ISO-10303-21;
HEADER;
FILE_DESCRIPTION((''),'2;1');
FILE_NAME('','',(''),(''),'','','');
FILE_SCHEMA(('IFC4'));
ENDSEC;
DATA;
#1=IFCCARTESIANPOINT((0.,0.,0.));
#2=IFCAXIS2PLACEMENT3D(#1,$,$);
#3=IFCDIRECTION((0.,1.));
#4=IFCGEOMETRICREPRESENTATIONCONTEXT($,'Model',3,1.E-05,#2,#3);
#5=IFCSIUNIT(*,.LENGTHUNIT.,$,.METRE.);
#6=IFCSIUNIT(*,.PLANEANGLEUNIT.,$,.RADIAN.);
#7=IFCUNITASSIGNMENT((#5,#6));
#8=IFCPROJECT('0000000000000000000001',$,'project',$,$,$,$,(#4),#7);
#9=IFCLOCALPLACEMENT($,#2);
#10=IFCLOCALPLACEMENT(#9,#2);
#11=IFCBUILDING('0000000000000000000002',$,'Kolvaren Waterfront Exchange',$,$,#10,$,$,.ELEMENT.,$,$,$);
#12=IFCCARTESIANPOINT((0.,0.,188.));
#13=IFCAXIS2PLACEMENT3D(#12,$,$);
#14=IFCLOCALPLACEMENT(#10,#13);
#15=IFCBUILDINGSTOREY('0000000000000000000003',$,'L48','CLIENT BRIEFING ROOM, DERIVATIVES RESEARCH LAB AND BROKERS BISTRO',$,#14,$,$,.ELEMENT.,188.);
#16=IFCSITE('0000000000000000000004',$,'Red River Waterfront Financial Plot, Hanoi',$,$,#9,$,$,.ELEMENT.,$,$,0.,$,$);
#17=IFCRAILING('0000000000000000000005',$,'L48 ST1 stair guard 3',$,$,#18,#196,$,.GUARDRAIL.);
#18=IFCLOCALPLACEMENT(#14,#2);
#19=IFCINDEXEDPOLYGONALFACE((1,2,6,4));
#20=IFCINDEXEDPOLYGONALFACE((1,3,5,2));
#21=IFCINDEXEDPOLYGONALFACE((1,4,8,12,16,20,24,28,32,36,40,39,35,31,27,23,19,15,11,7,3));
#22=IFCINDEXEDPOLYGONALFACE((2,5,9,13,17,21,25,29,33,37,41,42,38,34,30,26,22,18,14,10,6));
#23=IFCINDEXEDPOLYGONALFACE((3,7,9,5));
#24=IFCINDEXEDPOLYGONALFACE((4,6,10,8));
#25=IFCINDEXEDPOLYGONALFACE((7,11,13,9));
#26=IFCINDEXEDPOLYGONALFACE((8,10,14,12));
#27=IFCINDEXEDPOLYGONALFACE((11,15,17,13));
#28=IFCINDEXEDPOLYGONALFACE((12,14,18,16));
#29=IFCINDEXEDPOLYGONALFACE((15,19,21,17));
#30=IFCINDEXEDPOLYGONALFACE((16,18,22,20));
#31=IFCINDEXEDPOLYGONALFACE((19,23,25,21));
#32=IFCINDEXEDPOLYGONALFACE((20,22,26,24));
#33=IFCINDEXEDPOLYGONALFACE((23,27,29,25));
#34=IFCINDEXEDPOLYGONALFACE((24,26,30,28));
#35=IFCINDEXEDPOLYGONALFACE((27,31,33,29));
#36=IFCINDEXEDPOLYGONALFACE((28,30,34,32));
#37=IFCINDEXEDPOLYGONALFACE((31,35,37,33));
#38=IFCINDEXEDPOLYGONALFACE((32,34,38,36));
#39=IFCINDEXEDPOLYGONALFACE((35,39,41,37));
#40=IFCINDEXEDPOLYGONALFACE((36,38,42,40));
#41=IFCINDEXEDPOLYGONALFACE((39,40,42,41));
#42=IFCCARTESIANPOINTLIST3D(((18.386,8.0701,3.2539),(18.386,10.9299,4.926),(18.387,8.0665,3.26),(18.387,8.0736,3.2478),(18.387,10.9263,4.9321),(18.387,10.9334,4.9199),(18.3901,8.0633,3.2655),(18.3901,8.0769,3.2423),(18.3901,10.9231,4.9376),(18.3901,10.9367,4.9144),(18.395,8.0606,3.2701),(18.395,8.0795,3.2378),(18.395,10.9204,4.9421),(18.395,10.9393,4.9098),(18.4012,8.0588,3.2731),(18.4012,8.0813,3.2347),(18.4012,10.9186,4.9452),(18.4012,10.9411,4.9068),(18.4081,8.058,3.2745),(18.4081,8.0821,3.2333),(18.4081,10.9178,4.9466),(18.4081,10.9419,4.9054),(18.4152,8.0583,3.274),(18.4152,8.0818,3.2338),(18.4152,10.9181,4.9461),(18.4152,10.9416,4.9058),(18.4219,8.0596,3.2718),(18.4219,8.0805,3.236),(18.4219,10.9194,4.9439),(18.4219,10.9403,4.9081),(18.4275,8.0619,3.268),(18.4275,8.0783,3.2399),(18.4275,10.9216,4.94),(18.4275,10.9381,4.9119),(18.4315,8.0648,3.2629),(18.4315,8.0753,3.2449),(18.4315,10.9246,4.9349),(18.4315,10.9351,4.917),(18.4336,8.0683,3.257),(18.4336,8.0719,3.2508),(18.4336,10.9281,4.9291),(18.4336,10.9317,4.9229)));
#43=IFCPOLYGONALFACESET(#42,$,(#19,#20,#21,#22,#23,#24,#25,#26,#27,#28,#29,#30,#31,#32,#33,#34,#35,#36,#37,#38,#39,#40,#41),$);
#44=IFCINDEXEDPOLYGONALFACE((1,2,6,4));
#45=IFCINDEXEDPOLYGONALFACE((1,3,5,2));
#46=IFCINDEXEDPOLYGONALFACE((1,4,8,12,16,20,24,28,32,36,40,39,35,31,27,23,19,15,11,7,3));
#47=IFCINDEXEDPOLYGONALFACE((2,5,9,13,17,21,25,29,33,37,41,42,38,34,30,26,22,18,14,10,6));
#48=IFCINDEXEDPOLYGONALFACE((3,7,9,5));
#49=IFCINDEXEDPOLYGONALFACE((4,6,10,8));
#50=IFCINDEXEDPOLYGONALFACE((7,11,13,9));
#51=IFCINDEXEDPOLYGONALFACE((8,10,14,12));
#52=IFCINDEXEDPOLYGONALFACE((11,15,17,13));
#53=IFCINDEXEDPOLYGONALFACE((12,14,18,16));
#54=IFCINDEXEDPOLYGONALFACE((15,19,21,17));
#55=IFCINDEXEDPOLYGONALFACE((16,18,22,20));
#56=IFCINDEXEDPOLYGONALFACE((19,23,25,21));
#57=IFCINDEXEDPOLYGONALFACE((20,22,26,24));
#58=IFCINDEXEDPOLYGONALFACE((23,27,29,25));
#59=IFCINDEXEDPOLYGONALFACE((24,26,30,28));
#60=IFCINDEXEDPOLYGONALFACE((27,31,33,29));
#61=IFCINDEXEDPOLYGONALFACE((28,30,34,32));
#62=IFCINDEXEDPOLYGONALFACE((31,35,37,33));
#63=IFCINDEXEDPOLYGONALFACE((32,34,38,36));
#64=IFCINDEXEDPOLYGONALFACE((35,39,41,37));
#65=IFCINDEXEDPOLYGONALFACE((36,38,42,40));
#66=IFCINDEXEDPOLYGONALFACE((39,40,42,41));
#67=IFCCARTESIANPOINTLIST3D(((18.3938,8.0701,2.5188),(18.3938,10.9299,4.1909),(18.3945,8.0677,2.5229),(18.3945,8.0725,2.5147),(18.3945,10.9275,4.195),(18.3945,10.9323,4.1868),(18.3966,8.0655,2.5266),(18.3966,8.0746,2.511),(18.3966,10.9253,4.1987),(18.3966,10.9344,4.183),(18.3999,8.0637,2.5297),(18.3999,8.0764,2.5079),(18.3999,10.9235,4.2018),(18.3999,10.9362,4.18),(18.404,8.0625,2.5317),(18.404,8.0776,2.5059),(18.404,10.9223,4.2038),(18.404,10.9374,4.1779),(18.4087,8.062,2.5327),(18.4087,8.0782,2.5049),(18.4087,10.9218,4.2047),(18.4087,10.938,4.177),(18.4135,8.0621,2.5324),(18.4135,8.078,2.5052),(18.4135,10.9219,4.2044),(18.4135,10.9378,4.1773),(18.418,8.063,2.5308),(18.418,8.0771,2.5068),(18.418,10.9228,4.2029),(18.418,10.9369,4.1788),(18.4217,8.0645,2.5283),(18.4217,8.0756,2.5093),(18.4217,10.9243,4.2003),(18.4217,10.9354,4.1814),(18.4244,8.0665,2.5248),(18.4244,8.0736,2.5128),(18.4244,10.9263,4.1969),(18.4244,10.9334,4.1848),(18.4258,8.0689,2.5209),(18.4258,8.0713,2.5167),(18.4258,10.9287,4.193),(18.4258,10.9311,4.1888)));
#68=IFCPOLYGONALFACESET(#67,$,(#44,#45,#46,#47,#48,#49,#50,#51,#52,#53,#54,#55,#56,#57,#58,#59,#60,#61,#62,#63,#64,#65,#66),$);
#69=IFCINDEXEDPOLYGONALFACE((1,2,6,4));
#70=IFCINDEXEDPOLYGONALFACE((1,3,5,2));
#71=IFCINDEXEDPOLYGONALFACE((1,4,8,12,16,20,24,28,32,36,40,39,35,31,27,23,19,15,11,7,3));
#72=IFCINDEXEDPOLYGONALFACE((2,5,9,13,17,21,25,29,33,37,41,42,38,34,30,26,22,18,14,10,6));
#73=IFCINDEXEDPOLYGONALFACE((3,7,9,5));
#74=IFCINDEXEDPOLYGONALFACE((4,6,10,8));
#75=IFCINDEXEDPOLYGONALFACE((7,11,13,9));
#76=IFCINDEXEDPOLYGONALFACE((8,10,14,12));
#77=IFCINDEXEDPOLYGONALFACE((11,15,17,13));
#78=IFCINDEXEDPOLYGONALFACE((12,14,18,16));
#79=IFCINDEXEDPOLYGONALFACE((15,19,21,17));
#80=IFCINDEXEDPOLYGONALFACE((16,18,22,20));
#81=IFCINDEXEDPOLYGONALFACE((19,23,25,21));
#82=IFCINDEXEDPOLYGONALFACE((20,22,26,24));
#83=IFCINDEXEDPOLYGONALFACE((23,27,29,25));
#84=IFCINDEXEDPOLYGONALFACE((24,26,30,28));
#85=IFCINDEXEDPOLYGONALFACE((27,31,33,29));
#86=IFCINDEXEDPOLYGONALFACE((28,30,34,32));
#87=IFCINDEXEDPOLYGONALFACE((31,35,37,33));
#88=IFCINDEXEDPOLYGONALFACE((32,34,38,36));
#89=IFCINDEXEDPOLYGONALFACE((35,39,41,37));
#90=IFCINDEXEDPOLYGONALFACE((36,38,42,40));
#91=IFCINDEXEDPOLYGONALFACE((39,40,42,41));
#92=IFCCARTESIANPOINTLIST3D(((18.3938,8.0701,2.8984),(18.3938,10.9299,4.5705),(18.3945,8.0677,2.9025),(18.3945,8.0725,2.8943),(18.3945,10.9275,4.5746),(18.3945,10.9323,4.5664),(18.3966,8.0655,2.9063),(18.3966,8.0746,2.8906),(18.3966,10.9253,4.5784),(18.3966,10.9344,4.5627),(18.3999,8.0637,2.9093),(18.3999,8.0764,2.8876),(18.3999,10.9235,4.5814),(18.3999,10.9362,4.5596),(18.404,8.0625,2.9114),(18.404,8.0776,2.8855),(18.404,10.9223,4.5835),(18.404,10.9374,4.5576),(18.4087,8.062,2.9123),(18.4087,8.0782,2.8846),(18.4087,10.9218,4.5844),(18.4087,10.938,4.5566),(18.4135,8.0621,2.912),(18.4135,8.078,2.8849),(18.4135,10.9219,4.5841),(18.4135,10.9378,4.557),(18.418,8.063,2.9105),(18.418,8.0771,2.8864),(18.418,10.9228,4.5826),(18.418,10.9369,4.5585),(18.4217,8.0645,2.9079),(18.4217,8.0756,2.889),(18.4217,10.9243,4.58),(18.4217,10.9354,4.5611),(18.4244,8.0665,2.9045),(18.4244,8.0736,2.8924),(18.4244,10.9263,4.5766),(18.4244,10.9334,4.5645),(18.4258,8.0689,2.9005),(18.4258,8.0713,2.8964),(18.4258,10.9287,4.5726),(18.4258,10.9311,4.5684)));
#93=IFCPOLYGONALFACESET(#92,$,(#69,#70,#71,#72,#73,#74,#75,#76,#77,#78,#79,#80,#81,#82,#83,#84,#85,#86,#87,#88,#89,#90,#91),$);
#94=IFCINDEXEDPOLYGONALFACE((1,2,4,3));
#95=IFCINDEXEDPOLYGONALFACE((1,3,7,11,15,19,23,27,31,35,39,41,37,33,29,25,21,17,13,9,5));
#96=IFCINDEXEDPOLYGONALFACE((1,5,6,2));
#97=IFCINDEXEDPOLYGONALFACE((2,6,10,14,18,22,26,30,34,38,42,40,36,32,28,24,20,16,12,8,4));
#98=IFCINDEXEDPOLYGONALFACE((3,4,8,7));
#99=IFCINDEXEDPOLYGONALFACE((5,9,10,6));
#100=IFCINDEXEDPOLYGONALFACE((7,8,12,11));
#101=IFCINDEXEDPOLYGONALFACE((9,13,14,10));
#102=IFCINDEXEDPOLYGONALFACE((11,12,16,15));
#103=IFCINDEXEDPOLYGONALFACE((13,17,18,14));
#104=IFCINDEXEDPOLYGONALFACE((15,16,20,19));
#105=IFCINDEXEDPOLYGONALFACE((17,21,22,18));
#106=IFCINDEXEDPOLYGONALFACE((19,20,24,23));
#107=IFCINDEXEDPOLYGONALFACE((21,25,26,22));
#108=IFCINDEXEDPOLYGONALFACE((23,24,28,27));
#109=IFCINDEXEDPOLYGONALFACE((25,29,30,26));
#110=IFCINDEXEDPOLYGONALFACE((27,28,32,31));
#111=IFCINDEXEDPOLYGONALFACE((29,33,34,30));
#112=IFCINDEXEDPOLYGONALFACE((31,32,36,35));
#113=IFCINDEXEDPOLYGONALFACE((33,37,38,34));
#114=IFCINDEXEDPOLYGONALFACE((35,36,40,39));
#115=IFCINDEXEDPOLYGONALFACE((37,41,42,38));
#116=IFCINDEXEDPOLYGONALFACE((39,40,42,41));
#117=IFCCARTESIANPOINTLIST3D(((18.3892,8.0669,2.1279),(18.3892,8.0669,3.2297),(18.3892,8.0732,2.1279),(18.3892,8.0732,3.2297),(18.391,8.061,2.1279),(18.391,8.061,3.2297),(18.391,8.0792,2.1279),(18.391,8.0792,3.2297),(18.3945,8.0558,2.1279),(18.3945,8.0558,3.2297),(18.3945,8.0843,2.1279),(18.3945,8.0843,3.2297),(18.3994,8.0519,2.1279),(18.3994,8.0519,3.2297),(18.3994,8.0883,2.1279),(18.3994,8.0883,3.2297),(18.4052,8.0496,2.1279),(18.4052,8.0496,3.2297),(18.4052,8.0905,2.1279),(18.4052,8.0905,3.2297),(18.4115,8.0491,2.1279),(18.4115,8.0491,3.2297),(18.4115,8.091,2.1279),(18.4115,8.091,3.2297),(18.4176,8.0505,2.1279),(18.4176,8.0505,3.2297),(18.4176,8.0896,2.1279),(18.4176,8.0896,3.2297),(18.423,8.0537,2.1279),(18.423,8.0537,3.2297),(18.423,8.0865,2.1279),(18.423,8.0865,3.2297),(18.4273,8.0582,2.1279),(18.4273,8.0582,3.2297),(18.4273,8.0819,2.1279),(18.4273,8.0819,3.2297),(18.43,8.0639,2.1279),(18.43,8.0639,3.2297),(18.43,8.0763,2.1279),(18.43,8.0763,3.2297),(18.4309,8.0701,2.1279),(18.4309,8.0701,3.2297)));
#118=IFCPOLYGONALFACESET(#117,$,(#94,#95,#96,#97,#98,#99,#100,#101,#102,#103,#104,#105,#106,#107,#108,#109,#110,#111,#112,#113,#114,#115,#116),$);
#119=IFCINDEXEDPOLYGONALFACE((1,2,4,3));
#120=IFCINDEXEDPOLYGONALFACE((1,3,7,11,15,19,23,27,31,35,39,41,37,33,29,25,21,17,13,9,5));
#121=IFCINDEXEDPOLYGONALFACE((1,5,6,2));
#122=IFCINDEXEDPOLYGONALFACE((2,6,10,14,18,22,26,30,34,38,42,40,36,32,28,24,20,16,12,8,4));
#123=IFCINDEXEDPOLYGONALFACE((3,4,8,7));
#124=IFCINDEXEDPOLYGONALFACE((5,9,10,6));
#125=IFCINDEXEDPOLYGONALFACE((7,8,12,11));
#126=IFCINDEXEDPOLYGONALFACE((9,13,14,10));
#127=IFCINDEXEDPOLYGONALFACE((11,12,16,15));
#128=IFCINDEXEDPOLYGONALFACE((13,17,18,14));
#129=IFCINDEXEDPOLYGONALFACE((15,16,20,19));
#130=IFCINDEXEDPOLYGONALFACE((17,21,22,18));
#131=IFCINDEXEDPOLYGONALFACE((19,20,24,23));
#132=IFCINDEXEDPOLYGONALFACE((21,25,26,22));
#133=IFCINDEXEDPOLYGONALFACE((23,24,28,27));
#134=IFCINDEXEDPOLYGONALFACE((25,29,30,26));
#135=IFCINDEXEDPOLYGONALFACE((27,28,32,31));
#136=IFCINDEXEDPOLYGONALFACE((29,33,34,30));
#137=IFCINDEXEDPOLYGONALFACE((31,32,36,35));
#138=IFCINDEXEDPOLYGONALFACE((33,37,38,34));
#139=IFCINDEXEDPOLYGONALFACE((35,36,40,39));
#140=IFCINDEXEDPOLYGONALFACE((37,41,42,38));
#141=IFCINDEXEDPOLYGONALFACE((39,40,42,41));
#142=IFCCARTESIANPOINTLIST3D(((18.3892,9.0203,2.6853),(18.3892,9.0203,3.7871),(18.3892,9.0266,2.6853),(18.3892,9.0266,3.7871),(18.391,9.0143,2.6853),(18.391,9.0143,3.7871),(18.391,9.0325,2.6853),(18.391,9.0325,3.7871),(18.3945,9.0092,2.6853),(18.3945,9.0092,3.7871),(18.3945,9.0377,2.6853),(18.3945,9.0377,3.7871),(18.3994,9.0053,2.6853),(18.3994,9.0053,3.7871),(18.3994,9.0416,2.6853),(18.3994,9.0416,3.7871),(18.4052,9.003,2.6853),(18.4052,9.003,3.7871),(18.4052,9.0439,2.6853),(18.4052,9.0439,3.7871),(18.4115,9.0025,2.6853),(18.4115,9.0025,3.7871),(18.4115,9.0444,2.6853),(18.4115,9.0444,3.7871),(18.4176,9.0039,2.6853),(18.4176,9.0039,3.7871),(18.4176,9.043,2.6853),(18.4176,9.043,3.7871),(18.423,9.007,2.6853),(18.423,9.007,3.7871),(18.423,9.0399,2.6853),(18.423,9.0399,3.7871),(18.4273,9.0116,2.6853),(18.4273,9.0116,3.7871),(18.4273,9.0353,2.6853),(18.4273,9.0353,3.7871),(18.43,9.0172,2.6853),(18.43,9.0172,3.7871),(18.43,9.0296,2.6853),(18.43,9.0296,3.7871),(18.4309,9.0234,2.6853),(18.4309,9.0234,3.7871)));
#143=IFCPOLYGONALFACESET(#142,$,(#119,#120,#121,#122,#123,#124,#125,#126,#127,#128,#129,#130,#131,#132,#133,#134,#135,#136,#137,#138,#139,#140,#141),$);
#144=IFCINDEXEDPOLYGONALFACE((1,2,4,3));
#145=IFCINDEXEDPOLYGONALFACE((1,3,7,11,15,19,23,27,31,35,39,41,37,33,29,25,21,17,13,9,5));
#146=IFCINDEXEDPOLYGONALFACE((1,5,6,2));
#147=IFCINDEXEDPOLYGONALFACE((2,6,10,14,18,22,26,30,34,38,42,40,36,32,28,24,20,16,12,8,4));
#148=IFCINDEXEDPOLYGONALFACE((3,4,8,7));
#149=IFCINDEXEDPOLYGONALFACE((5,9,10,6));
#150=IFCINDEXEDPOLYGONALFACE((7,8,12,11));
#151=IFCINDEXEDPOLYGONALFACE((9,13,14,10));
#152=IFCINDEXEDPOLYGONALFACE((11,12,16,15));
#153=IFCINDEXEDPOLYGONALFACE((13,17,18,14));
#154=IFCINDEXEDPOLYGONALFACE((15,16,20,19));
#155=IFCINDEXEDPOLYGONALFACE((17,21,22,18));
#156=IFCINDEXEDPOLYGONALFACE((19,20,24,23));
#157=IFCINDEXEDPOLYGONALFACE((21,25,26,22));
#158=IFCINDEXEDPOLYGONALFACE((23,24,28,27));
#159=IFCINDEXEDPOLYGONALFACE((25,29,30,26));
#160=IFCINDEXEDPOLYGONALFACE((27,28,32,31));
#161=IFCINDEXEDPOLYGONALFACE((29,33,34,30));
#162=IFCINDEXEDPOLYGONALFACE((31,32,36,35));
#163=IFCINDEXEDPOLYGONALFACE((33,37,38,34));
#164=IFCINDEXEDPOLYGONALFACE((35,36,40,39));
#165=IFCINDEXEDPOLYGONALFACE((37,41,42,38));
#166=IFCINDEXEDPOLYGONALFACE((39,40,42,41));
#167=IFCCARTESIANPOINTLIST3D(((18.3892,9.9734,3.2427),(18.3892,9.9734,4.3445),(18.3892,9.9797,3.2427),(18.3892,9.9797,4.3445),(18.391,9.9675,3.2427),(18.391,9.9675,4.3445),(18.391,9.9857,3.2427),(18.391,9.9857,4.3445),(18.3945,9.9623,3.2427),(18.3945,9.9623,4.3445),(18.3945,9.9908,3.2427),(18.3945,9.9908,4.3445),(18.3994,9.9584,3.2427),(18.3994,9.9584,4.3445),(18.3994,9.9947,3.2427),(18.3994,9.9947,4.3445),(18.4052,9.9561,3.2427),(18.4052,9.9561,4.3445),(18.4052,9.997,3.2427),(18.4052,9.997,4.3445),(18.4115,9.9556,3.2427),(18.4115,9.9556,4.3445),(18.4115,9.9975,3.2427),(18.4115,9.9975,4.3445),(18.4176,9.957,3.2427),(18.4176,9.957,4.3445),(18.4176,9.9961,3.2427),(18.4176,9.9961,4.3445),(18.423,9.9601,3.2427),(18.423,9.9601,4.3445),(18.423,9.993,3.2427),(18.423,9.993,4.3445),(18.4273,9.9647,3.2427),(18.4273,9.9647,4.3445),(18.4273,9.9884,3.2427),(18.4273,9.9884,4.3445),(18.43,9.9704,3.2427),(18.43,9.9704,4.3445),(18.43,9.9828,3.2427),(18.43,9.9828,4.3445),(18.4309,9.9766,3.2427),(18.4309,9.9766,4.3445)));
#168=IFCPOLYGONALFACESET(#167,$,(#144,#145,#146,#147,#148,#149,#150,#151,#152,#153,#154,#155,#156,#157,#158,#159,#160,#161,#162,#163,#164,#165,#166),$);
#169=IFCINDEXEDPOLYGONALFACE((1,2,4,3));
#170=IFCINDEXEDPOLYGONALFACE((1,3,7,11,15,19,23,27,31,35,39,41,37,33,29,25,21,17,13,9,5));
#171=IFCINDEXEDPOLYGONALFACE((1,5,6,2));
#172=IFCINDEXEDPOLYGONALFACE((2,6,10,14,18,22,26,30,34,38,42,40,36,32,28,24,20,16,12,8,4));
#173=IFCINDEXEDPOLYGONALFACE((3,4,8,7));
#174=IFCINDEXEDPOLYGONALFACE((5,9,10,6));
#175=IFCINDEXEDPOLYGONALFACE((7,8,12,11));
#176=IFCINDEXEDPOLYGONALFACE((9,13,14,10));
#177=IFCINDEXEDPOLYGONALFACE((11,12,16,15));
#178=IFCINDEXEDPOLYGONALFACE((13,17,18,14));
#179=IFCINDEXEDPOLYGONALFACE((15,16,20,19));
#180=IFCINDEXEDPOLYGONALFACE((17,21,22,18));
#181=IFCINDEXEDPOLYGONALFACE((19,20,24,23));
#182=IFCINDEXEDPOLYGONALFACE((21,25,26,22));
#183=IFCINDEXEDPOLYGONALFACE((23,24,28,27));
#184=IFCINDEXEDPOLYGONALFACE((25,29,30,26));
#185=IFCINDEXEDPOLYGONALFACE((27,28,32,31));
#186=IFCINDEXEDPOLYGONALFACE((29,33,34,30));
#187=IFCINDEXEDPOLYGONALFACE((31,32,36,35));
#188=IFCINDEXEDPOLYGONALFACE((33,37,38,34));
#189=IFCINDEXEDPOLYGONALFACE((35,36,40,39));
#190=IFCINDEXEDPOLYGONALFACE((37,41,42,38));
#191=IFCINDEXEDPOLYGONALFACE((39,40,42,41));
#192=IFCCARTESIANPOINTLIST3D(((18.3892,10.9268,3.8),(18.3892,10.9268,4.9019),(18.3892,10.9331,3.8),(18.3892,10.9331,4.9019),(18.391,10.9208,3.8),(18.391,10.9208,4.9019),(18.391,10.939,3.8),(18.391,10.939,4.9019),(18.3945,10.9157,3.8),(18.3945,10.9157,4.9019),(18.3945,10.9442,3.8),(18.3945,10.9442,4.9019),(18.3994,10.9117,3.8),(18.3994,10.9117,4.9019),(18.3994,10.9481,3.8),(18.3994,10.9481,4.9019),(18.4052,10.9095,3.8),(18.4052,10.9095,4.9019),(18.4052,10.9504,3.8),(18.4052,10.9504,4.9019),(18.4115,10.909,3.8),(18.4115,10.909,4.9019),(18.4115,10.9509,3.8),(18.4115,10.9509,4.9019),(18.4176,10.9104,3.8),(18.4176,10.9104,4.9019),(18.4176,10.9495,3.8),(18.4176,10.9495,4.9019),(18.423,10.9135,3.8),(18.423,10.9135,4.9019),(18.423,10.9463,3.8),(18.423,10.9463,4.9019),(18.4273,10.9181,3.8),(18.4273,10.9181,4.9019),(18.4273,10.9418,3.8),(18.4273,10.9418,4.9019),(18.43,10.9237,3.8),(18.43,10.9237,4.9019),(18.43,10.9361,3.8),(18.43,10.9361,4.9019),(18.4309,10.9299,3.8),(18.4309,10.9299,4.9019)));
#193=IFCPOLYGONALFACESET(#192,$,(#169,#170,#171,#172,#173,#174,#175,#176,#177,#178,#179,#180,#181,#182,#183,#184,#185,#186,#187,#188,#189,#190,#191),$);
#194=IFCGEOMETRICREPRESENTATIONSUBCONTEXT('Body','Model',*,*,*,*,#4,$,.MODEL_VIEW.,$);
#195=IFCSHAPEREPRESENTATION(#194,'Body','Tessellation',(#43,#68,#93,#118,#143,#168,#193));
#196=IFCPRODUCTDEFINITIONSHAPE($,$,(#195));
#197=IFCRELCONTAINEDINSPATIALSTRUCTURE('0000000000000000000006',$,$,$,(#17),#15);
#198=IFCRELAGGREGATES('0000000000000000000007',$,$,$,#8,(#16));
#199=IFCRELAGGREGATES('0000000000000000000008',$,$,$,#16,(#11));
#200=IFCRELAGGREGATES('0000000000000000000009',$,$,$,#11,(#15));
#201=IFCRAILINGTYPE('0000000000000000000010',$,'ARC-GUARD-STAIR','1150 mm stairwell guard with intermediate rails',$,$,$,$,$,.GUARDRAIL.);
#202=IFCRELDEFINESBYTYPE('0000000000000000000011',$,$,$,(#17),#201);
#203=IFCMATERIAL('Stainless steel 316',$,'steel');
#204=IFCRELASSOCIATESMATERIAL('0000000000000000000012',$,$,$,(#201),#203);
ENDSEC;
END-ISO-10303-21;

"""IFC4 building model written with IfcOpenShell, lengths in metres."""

from ifc_helpers import new_model, si_unit, direction, frame, origin, origin_2d, place, context, subcontext, project, spatial, circle, extrude, material, type_object, element, save


model = new_model("IFC4")

# Units and contexts
model_context = context("Model", 3, precision=1e-05, world=origin(), true_north=direction((0.0, 1.0)))
body_context = subcontext(model_context, "Body", "Model", "MODEL_VIEW")
ifc_project = project(units=[si_unit("LENGTHUNIT", "METRE"), si_unit("PLANEANGLEUNIT", "RADIAN")], contexts=[model_context])

# Site, building, storey
site_placement = place(None, origin())
site = spatial("IfcSite", under=ifc_project, at=site_placement, Name="Red River Waterfront Financial Plot, Hanoi", CompositionType="ELEMENT", RefElevation=0.0)
building_placement = place(site_placement, origin())
building = spatial("IfcBuilding", under=site, at=building_placement, Name="Kolvaren Waterfront Exchange", CompositionType="ELEMENT")
storey_placement = place(building_placement, frame((0.0, 0.0, 188.0)))
storey = spatial("IfcBuildingStorey", under=building, at=storey_placement, Name="L48", Description="CLIENT BRIEFING ROOM, DERIVATIVES RESEARCH LAB AND BROKERS BISTRO", CompositionType="ELEMENT", Elevation=188.0)

# Railing
ifc_material_1 = material(Name="Stainless steel 316", Category="steel")
railing_type_1 = type_object("IfcRailingType", Name="ARC-GUARD-STAIR", Description="1150 mm stairwell guard with intermediate rails", PredefinedType="GUARDRAIL", material=ifc_material_1)
railing_1_placement = place(storey_placement, frame((18.4099, 8.0701, 2.1279)))
element("IfcRailing", 1, at=railing_1_placement, inside=storey, type_object=railing_type_1, Name="L48 ST1 stair guard 3", PredefinedType="GUARDRAIL", context=body_context, shape_type="SweptSolid", body=[
    extrude(circle(Radius=0.0239, at=origin_2d()), frame((0.0, 0.0, 1.126), z_axis=(0.0, 0.863271, 0.504741), x_axis=(-1.0, 0.0, 0.0)), (0.0, 0.0, 1.0), 3.3127),
    extrude(circle(Radius=0.0161, at=origin_2d()), frame((0.0, 0.0, 0.3909), z_axis=(0.0, 0.863271, 0.504741), x_axis=(-1.0, 0.0, 0.0)), (0.0, 0.0, 1.0), 3.3127),
    extrude(circle(Radius=0.0161, at=origin_2d()), frame((0.0, 0.0, 0.7705), z_axis=(0.0, 0.863271, 0.504741), x_axis=(-1.0, 0.0, 0.0)), (0.0, 0.0, 1.0), 3.3127),
    extrude(circle(Radius=0.021, at=origin_2d()), origin(), (0.0, 0.0, 1.0), 1.1018),
    extrude(circle(Radius=0.021, at=origin_2d()), frame((0.0, 0.9534, 0.5574)), (0.0, 0.0, 1.0), 1.1018),
    extrude(circle(Radius=0.021, at=origin_2d()), frame((0.0, 1.9065, 1.1147)), (0.0, 0.0, 1.0), 1.1018),
    extrude(circle(Radius=0.021, at=origin_2d()), frame((0.0, 2.8599, 1.6721)), (0.0, 0.0, 1.0), 1.1018),
])

save(model, "model.ifc")
